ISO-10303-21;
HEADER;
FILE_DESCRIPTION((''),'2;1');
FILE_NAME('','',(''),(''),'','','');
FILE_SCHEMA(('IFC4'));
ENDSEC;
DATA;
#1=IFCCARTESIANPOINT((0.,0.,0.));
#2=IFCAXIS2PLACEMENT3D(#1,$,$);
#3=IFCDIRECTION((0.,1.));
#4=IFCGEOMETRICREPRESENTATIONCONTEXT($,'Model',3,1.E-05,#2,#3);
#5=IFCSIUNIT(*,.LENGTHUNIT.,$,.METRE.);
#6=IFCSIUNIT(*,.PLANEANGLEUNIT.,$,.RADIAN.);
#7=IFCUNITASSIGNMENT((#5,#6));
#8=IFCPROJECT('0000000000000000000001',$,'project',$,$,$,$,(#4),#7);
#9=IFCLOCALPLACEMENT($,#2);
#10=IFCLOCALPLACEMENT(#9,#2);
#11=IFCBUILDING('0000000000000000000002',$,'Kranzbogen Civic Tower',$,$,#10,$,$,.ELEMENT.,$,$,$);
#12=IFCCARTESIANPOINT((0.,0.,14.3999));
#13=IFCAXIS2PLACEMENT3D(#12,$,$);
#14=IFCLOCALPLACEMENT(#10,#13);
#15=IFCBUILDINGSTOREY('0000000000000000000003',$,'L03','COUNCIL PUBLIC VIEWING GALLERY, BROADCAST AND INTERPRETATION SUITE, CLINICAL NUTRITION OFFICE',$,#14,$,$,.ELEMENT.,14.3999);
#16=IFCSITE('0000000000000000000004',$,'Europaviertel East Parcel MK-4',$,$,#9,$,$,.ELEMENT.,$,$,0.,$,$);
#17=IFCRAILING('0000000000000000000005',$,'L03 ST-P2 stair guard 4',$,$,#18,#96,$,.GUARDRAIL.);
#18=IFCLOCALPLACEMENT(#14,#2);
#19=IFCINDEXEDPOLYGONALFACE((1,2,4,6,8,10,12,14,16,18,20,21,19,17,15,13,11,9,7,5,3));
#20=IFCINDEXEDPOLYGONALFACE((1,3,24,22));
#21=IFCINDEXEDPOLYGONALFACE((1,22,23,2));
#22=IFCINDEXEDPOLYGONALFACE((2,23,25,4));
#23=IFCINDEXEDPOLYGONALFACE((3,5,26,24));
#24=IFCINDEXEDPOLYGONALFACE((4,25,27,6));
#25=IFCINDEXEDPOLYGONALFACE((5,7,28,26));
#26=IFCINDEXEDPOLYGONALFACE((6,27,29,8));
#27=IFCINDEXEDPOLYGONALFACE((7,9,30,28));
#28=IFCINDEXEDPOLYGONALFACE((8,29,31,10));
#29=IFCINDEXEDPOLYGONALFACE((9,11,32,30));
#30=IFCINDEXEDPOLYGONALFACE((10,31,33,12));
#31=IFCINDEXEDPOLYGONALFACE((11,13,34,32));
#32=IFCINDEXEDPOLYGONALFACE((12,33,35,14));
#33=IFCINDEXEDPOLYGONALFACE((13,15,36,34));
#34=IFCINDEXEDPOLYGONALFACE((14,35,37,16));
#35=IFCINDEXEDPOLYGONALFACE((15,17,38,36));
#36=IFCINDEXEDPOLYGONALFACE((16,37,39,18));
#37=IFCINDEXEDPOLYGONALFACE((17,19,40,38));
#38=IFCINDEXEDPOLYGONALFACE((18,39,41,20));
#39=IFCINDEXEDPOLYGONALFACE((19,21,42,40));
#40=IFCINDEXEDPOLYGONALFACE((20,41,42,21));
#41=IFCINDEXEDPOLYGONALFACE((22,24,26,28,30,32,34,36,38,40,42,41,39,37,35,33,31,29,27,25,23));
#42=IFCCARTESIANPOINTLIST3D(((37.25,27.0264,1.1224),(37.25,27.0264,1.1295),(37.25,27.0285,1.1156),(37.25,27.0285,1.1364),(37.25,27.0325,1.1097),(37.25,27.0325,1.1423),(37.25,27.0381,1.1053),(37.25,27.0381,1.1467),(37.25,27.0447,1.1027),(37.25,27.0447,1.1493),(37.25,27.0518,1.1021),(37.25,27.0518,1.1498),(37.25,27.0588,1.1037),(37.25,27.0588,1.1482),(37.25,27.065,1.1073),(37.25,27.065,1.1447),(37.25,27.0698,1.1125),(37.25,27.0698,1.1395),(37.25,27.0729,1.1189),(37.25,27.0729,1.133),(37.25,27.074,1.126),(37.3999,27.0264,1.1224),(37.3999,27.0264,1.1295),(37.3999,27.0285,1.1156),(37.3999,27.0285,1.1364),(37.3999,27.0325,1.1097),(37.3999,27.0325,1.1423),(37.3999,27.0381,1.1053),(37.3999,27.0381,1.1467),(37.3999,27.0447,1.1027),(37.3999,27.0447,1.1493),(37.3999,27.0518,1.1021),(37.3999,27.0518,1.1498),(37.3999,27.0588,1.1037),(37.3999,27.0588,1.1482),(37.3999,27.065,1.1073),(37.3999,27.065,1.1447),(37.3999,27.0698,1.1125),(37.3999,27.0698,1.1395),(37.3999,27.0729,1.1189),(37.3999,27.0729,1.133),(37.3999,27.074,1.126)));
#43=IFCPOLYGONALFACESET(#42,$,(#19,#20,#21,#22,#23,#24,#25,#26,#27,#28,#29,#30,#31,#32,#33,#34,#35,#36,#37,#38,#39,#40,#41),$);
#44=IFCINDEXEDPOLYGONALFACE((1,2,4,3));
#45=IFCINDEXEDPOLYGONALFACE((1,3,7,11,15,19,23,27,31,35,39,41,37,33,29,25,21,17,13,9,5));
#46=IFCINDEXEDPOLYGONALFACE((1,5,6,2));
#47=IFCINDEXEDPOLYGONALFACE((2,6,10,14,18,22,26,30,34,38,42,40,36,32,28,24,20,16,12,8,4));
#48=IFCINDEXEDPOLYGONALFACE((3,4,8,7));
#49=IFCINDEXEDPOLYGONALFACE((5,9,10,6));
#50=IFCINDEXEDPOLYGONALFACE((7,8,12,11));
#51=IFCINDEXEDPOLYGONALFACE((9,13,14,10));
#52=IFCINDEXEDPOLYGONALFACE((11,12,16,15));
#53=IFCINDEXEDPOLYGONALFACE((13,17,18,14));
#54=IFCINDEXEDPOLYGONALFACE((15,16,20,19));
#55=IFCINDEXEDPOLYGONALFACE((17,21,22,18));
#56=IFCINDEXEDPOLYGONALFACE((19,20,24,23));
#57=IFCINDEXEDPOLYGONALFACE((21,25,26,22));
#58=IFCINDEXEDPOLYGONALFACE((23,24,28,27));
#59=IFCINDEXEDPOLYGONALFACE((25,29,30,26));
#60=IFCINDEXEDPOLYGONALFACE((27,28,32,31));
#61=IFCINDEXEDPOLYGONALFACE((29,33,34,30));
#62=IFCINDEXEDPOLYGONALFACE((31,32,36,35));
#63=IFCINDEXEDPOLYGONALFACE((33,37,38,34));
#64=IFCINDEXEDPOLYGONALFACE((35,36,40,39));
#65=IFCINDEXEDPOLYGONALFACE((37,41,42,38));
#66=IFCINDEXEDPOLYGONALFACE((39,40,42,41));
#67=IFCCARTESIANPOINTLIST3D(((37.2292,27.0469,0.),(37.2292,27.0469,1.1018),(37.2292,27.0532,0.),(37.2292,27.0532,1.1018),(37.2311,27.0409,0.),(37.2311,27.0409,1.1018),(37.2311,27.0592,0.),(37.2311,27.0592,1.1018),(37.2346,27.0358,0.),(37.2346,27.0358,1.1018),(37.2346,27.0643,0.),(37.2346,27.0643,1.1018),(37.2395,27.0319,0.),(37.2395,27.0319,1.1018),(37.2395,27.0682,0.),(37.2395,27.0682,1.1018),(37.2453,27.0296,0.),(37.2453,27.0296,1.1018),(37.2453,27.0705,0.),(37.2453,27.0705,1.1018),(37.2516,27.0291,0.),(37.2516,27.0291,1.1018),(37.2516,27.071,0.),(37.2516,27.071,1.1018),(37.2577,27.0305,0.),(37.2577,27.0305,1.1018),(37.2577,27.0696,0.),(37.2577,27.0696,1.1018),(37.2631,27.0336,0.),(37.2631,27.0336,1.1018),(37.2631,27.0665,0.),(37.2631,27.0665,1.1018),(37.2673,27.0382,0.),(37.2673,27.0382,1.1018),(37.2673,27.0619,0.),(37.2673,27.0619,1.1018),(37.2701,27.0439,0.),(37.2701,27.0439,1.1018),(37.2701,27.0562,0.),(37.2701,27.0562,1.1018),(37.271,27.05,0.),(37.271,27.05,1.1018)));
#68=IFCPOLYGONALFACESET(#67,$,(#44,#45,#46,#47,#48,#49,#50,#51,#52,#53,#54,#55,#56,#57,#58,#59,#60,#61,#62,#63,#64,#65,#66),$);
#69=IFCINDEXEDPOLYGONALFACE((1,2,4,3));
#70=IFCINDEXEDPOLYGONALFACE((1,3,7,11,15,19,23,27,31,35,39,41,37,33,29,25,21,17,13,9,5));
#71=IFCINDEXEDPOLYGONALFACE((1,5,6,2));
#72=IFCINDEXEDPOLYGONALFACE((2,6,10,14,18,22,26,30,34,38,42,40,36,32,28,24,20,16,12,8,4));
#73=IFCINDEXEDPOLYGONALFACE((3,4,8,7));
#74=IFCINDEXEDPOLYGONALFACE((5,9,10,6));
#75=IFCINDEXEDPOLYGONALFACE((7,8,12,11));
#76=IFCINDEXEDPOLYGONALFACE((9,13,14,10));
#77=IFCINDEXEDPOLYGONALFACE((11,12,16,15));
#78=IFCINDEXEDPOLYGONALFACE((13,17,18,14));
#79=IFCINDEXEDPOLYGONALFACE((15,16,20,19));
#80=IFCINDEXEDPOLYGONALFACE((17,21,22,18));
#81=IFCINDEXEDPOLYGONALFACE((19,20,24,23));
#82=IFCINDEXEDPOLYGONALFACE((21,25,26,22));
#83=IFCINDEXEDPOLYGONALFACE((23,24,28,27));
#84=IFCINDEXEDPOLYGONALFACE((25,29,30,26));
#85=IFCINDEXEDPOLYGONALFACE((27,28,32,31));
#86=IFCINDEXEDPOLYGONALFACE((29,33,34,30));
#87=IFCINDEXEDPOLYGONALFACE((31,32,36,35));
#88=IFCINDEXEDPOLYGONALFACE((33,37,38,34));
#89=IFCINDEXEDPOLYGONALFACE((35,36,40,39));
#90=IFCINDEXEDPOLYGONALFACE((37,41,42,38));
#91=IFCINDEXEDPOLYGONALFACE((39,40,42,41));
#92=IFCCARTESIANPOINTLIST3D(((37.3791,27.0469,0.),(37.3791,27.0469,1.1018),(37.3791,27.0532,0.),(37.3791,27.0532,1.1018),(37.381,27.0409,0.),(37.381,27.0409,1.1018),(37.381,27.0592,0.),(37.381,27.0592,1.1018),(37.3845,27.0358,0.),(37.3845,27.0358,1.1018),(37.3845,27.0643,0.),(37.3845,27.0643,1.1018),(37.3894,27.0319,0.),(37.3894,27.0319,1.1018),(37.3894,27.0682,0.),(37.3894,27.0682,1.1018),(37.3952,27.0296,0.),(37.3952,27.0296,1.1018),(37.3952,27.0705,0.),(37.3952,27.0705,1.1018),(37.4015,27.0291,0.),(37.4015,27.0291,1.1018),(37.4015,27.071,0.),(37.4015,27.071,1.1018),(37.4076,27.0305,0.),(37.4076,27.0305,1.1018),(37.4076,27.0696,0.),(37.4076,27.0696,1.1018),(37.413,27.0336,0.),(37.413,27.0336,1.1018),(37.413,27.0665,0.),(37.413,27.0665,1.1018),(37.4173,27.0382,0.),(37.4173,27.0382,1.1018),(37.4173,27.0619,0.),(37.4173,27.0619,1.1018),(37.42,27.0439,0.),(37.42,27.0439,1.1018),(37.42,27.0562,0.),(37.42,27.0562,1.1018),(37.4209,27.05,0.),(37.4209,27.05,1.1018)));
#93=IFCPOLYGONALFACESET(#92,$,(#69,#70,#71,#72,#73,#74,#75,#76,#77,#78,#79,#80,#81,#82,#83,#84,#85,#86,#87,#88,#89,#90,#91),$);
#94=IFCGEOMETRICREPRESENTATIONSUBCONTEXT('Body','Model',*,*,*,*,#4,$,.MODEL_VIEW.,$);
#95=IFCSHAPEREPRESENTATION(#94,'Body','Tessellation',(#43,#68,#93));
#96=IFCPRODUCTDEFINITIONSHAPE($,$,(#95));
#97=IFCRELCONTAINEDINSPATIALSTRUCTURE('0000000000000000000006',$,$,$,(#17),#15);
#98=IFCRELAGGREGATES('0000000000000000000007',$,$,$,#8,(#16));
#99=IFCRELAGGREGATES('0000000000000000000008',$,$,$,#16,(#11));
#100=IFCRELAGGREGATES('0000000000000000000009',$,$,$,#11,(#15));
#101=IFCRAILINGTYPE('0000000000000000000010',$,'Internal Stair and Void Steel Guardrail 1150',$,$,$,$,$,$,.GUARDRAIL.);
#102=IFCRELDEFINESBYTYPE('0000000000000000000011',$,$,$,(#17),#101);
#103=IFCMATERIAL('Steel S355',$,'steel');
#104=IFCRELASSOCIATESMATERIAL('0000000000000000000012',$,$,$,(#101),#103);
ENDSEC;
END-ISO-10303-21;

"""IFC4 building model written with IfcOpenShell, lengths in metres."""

from ifc_helpers import new_model, si_unit, direction, frame, origin, origin_2d, place, context, subcontext, project, spatial, circle, extrude, material, type_object, element, save


model = new_model("IFC4")

# Units and contexts
model_context = context("Model", 3, precision=1e-05, world=origin(), true_north=direction((0.0, 1.0)))
body_context = subcontext(model_context, "Body", "Model", "MODEL_VIEW")
ifc_project = project(units=[si_unit("LENGTHUNIT", "METRE"), si_unit("PLANEANGLEUNIT", "RADIAN")], contexts=[model_context])

# Site, building, storey
site_placement = place(None, origin())
site = spatial("IfcSite", under=ifc_project, at=site_placement, Name="Europaviertel East Parcel MK-4", CompositionType="ELEMENT", RefElevation=0.0)
building_placement = place(site_placement, origin())
building = spatial("IfcBuilding", under=site, at=building_placement, Name="Kranzbogen Civic Tower", CompositionType="ELEMENT")
storey_placement = place(building_placement, frame((0.0, 0.0, 14.3999)))
storey = spatial("IfcBuildingStorey", under=building, at=storey_placement, Name="L03", Description="COUNCIL PUBLIC VIEWING GALLERY, BROADCAST AND INTERPRETATION SUITE, CLINICAL NUTRITION OFFICE", CompositionType="ELEMENT", Elevation=14.3999)

# Shared definitions
ifc_material_1 = material(Name="Steel S355", Category="steel")

# Railing
railing_type_1 = type_object("IfcRailingType", Name="Internal Stair and Void Steel Guardrail 1150", PredefinedType="GUARDRAIL", material=ifc_material_1)
railing_1_placement = place(storey_placement, frame((37.25, 27.05, 0.0)))
element("IfcRailing", 1, at=railing_1_placement, inside=storey, type_object=railing_type_1, Name="L03 ST-P2 stair guard 4", PredefinedType="GUARDRAIL", context=body_context, shape_type="SweptSolid", body=[
    extrude(circle(Radius=0.0239, at=origin_2d()), frame((0.0, 0.0, 1.126), z_axis=(1.0, 0.0, 0.0), x_axis=(0.0, 1.0, 0.0)), (0.0, 0.0, 1.0), 0.1499),
    extrude(circle(Radius=0.021, at=origin_2d()), origin(), (0.0, 0.0, 1.0), 1.1018),
    extrude(circle(Radius=0.021, at=origin_2d()), frame((0.1499, 0.0, 0.0)), (0.0, 0.0, 1.0), 1.1018),
])

save(model, "model.ifc")
